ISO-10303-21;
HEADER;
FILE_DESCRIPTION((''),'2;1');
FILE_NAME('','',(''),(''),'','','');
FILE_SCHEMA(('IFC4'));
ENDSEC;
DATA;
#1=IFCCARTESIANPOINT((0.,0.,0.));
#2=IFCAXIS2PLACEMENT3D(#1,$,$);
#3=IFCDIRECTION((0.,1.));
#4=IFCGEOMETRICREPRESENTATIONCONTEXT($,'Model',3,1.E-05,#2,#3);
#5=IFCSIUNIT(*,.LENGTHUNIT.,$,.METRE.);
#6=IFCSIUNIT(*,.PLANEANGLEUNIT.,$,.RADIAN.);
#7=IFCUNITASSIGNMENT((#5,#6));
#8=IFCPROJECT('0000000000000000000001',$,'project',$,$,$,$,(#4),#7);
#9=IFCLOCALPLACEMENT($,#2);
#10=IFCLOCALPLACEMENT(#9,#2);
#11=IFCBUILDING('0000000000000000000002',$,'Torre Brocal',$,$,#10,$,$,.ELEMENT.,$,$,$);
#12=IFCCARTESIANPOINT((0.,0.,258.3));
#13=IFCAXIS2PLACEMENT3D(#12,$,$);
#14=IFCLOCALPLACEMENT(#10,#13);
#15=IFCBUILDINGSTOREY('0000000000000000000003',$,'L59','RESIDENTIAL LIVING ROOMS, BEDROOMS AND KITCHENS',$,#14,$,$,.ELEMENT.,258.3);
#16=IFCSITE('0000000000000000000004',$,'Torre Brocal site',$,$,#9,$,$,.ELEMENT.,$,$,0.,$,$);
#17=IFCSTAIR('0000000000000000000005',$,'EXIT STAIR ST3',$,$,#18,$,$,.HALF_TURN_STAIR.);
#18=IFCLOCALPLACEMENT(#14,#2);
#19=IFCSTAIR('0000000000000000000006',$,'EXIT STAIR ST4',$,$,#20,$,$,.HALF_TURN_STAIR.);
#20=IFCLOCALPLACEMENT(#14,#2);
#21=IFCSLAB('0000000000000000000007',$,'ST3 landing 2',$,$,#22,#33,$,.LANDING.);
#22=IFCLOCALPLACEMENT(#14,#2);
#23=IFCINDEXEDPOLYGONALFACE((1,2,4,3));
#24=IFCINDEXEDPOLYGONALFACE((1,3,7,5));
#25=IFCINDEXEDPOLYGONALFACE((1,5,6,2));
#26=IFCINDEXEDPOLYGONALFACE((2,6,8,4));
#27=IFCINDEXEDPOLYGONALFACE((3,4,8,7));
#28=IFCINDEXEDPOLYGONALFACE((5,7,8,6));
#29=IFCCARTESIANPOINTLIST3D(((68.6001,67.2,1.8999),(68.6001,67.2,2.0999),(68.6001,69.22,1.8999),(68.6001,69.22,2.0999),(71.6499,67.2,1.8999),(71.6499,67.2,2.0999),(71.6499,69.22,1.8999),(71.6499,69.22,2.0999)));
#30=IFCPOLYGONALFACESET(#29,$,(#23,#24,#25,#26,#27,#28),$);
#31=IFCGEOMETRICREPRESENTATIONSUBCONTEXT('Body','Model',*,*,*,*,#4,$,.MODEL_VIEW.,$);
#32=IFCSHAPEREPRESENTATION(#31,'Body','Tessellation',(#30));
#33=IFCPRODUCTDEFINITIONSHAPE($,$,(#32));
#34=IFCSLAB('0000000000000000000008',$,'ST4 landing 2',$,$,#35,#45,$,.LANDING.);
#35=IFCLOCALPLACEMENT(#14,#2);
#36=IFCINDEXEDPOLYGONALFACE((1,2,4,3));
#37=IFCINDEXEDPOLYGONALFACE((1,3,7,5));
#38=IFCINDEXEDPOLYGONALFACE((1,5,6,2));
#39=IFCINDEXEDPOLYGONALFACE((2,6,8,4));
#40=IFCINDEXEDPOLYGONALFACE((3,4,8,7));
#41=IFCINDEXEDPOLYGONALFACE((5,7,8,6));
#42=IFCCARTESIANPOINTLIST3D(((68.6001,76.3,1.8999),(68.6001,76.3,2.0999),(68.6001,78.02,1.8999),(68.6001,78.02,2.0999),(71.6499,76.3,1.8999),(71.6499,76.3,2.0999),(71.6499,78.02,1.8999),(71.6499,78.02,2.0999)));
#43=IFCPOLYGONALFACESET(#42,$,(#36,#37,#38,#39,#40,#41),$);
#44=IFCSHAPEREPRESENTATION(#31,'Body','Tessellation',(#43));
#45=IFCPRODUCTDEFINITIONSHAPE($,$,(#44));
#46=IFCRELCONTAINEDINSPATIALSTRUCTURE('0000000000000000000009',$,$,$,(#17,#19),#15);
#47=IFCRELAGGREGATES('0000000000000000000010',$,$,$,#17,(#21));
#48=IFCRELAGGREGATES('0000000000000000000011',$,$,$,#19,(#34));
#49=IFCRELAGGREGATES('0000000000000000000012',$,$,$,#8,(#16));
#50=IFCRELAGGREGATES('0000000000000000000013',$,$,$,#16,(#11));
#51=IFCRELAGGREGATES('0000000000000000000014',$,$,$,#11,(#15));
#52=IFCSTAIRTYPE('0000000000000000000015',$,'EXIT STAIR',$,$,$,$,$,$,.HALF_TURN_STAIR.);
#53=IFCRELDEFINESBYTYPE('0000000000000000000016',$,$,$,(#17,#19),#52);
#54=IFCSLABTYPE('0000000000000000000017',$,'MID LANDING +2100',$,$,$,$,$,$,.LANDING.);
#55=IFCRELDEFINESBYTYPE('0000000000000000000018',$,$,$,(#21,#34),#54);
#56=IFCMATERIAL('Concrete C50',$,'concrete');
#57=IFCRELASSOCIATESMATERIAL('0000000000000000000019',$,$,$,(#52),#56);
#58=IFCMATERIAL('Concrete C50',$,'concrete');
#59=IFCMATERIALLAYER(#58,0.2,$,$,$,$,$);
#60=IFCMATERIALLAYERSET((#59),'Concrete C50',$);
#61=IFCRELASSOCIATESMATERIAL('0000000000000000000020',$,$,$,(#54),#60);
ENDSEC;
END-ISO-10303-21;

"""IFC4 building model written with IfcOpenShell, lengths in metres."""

from ifc_helpers import new_model, si_unit, direction, frame, origin, place, context, subcontext, project, spatial, polyline, outline, extrude, material, layer, layer_set, type_object, element, aggregate, save


model = new_model("IFC4")

# Units and contexts
model_context = context("Model", 3, precision=1e-05, world=origin(), true_north=direction((0.0, 1.0)))
body_context = subcontext(model_context, "Body", "Model", "MODEL_VIEW")
ifc_project = project(units=[si_unit("LENGTHUNIT", "METRE"), si_unit("PLANEANGLEUNIT", "RADIAN")], contexts=[model_context])

# Site, building, storey
site_placement = place(None, origin())
site = spatial("IfcSite", under=ifc_project, at=site_placement, Name="Torre Brocal site", CompositionType="ELEMENT", RefElevation=0.0)
building_placement = place(site_placement, origin())
building = spatial("IfcBuilding", under=site, at=building_placement, Name="Torre Brocal", CompositionType="ELEMENT")
storey_placement = place(building_placement, frame((0.0, 0.0, 258.3)))
storey = spatial("IfcBuildingStorey", under=building, at=storey_placement, Name="L59", Description="RESIDENTIAL LIVING ROOMS, BEDROOMS AND KITCHENS", CompositionType="ELEMENT", Elevation=258.3)

# Stairs
ifc_material_1 = material(Name="Concrete C50", Category="concrete")
stair_type = type_object("IfcStairType", Name="EXIT STAIR", PredefinedType="HALF_TURN_STAIR", material=ifc_material_1)
stair_1_placement = place(storey_placement, origin())
stair_1 = element("IfcStair", 1, at=stair_1_placement, inside=storey, type_object=stair_type, Name="EXIT STAIR ST3", PredefinedType="HALF_TURN_STAIR")
stair_2_placement = place(storey_placement, origin())
stair_2 = element("IfcStair", 2, at=stair_2_placement, inside=storey, type_object=stair_type, Name="EXIT STAIR ST4", PredefinedType="HALF_TURN_STAIR")

# Slabs
ifc_material_2 = material(Name="Concrete C50", Category="concrete")
ifc_layer_1 = layer(ifc_material_2, 0.2)
ifc_layer_set_1 = layer_set([ifc_layer_1], Name="Concrete C50")
slab_type_1 = type_object("IfcSlabType", Name="MID LANDING +2100", PredefinedType="LANDING", material=ifc_layer_set_1)
slab_1_placement = place(storey_placement, frame((0.0, 0.0, 1.8999)))
slab_1 = element("IfcSlab", 3, at=slab_1_placement, type_object=slab_type_1, Name="ST3 landing 2", PredefinedType="LANDING", context=body_context, shape_type="SweptSolid", body=[
    extrude(outline(polyline([(71.6499, 69.22), (68.6001, 69.22), (68.6001, 67.2), (71.6499, 67.2), (71.6499, 69.22)])), origin(), (0.0, 0.0, 1.0), 0.2),
])
aggregate(stair_1, [slab_1])
slab_2_placement = place(storey_placement, frame((0.0, 0.0, 1.8999)))
slab_2 = element("IfcSlab", 4, at=slab_2_placement, type_object=slab_type_1, Name="ST4 landing 2", PredefinedType="LANDING", context=body_context, shape_type="SweptSolid", body=[
    extrude(outline(polyline([(71.6499, 78.02), (68.6001, 78.02), (68.6001, 76.3), (71.6499, 76.3), (71.6499, 78.02)])), origin(), (0.0, 0.0, 1.0), 0.2),
])
aggregate(stair_2, [slab_2])

save(model, "model.ifc")
